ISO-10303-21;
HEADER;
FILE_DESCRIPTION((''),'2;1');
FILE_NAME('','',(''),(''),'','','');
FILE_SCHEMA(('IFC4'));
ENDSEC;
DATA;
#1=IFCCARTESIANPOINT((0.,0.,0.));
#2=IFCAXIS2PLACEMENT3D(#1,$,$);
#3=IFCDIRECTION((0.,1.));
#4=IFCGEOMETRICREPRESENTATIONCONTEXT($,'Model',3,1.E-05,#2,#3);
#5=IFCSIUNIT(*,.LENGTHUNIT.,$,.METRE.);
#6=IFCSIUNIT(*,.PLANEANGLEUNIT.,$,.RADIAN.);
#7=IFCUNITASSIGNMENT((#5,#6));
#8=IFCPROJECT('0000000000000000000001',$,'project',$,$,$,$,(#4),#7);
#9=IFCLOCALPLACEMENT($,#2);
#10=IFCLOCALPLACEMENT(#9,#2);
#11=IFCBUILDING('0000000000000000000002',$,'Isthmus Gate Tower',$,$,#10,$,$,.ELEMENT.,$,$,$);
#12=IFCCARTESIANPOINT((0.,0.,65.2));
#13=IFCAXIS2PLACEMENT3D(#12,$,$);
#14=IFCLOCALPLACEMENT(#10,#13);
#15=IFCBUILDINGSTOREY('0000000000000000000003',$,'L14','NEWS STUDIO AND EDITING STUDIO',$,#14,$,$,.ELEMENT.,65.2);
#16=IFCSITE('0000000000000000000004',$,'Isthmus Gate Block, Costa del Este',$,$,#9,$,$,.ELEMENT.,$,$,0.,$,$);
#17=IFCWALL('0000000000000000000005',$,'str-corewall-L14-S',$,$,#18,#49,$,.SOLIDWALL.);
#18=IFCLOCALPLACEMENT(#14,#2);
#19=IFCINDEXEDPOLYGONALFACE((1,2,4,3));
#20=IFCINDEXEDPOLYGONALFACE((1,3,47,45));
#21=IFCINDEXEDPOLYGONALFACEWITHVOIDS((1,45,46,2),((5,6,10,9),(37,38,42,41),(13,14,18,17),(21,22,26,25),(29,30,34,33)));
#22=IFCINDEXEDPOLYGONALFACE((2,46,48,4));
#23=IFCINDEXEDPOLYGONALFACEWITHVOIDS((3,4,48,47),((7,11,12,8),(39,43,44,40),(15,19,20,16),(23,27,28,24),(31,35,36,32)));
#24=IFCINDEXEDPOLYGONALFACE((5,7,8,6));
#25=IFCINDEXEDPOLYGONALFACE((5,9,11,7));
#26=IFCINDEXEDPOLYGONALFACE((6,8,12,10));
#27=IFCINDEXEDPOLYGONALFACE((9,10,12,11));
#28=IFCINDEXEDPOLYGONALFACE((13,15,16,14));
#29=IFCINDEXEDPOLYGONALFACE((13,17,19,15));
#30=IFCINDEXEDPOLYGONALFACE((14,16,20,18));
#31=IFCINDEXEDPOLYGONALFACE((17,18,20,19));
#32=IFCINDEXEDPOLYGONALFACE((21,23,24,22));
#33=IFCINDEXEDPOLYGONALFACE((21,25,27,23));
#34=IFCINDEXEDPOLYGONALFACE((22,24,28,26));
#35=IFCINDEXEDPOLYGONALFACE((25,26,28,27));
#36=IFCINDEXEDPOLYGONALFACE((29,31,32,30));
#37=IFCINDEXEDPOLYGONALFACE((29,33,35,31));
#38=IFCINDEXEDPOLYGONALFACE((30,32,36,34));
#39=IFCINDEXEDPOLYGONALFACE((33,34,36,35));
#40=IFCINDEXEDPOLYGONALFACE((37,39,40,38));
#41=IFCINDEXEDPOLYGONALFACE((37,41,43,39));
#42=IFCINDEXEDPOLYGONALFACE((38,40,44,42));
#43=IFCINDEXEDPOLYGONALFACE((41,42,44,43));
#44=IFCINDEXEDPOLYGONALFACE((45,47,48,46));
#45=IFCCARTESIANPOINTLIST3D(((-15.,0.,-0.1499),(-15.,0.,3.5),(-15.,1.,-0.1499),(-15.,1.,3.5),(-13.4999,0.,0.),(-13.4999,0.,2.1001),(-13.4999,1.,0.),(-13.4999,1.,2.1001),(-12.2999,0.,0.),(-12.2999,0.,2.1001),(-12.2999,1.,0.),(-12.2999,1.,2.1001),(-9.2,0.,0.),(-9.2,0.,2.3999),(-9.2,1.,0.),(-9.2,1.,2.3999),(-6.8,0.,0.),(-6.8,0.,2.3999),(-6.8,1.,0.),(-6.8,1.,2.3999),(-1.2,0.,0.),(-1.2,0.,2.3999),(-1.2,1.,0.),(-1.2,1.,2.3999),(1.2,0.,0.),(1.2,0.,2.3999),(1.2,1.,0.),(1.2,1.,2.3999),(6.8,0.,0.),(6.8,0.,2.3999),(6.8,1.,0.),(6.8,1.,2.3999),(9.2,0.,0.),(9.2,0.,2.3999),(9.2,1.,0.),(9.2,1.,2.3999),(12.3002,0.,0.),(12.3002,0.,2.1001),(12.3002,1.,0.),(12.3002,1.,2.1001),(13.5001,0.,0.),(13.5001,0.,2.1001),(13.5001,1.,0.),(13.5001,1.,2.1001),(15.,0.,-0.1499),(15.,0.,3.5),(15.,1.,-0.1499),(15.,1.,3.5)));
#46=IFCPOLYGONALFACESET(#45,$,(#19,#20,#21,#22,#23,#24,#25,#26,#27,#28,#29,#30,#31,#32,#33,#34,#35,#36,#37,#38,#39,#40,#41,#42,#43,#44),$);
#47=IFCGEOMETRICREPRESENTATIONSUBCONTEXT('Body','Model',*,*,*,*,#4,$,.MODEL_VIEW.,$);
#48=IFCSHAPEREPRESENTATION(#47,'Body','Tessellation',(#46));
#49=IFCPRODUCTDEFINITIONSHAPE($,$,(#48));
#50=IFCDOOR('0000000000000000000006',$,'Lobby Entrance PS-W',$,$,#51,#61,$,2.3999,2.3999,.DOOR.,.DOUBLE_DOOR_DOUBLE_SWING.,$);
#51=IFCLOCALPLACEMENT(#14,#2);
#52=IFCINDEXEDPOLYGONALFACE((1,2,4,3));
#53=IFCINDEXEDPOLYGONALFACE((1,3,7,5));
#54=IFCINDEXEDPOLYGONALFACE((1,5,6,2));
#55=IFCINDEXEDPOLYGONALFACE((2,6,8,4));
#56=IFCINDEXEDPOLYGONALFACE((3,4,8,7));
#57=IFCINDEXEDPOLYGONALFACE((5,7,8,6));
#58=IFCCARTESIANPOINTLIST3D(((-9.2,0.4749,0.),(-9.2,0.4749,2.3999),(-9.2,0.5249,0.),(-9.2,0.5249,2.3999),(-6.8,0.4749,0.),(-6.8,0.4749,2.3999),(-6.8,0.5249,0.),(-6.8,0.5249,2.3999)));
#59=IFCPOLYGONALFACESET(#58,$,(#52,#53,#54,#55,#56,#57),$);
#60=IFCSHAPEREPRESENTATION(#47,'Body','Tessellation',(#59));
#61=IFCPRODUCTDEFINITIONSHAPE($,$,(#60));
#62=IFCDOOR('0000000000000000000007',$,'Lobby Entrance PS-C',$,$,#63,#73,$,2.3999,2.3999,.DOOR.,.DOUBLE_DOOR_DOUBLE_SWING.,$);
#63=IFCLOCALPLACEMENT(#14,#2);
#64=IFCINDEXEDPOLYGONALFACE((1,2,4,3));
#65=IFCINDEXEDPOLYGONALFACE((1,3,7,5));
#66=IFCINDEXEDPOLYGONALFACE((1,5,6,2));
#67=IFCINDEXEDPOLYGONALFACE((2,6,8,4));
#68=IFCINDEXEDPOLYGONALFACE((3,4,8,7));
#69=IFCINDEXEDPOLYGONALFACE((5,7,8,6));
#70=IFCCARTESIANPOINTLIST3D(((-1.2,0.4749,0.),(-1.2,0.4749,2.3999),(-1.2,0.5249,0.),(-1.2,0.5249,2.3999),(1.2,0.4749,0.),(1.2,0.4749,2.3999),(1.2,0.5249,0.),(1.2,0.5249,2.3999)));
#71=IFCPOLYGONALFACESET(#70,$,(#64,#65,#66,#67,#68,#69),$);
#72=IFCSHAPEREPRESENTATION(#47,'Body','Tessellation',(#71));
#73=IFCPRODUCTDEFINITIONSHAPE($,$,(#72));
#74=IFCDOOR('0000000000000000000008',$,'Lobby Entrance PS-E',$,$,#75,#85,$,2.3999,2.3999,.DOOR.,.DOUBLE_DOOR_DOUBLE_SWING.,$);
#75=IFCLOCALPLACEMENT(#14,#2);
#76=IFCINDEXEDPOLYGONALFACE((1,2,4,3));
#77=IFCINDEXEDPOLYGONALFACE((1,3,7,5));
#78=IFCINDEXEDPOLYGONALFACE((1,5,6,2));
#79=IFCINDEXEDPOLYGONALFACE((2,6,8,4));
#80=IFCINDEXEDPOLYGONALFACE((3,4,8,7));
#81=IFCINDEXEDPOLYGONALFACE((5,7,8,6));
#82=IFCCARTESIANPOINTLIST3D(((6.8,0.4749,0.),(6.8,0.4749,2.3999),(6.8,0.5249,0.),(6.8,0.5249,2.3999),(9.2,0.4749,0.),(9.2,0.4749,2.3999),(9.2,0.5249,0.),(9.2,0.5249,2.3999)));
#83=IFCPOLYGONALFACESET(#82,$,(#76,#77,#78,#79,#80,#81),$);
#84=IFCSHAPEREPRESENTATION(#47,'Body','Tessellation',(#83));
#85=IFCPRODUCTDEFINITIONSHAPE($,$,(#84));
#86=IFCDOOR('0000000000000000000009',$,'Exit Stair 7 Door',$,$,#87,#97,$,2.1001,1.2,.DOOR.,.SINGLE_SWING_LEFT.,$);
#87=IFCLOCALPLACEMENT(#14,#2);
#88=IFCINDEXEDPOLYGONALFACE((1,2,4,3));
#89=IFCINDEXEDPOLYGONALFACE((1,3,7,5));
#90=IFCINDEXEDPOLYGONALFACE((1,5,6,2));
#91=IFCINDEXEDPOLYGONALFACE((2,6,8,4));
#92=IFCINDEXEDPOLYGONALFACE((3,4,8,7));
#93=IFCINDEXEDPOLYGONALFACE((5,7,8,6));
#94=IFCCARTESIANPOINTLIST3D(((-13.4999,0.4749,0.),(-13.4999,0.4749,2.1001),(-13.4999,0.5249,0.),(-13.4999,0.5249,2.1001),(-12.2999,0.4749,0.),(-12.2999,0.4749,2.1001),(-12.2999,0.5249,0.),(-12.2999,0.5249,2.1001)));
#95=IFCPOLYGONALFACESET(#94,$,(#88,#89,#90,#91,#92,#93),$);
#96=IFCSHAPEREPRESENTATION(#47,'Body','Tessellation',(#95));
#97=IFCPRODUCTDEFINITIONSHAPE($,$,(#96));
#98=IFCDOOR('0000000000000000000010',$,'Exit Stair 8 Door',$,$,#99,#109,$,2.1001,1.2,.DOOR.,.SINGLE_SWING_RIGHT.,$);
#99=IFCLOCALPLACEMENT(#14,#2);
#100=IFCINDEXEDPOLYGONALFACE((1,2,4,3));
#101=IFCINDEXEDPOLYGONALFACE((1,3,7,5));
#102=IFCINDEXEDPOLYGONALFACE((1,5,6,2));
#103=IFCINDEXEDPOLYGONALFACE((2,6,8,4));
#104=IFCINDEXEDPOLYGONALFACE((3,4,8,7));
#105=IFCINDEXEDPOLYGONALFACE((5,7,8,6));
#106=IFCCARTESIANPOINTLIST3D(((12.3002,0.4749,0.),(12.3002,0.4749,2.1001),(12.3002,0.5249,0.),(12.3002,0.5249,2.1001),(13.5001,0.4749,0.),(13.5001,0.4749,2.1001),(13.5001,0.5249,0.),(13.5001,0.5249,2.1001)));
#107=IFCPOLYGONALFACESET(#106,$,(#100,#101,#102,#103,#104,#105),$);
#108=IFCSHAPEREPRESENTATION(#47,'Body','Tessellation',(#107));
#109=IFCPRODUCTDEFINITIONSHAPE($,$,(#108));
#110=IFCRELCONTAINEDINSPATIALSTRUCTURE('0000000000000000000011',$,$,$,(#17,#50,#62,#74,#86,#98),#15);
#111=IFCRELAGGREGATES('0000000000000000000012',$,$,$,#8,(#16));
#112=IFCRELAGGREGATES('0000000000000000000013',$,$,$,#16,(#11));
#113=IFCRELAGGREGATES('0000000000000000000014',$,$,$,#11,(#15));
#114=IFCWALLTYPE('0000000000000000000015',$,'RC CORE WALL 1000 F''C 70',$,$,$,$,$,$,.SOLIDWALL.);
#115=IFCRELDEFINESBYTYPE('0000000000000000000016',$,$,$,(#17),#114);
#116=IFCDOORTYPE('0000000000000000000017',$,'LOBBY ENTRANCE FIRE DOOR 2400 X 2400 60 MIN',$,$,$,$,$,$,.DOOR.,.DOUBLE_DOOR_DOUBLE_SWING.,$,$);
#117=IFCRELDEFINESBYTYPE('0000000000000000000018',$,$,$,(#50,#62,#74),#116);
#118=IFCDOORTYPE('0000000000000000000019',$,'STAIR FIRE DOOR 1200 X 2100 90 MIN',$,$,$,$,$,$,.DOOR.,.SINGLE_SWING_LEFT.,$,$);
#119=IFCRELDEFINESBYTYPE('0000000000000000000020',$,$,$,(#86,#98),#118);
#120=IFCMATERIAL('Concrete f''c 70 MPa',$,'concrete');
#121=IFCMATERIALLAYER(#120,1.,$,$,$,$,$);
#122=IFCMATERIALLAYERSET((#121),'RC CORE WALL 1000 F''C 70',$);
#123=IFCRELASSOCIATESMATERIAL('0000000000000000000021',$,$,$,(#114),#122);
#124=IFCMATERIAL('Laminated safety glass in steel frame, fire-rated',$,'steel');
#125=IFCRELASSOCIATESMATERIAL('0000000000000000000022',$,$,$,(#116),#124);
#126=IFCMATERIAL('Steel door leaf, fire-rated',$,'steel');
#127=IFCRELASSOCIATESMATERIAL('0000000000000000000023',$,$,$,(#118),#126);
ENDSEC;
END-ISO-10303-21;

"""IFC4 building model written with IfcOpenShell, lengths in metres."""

from ifc_helpers import new_model, si_unit, direction, frame, frame_2d, origin, place, context, subcontext, project, spatial, rectangle, extrude, material, layer, layer_set, type_object, element, fill, save


model = new_model("IFC4")

# Units and contexts
model_context = context("Model", 3, precision=1e-05, world=origin(), true_north=direction((0.0, 1.0)))
body_context = subcontext(model_context, "Body", "Model", "MODEL_VIEW")
ifc_project = project(units=[si_unit("LENGTHUNIT", "METRE"), si_unit("PLANEANGLEUNIT", "RADIAN")], contexts=[model_context])

# Site, building, storey
site_placement = place(None, origin())
site = spatial("IfcSite", under=ifc_project, at=site_placement, Name="Isthmus Gate Block, Costa del Este", CompositionType="ELEMENT", RefElevation=0.0)
building_placement = place(site_placement, origin())
building = spatial("IfcBuilding", under=site, at=building_placement, Name="Isthmus Gate Tower", CompositionType="ELEMENT")
storey_placement = place(building_placement, frame((0.0, 0.0, 65.2)))
storey = spatial("IfcBuildingStorey", under=building, at=storey_placement, Name="L14", Description="NEWS STUDIO AND EDITING STUDIO", CompositionType="ELEMENT", Elevation=65.2)

# Wall, openings, doors
ifc_material_1 = material(Name="Concrete f'c 70 MPa", Category="concrete")
ifc_layer_1 = layer(ifc_material_1, 1.0)
ifc_layer_set_1 = layer_set([ifc_layer_1], Name="RC CORE WALL 1000 F'C 70")
wall_type_1 = type_object("IfcWallType", Name="RC CORE WALL 1000 F'C 70", PredefinedType="SOLIDWALL", material=ifc_layer_set_1)
wall_1_placement = place(storey_placement, frame((-15.0, 0.5, -0.1499), z_axis=(0.0, 0.0, 1.0), x_axis=(1.0, 0.0, 0.0)))
wall_1 = element("IfcWall", 1, at=wall_1_placement, inside=storey, type_object=wall_type_1, Name="str-corewall-L14-S", PredefinedType="SOLIDWALL", context=body_context, shape_type="SweptSolid", body=[
    extrude(rectangle(XDim=30.0, YDim=1.0, at=frame_2d((15.0, 0.0))), origin(), (0.0, 0.0, 1.0), 3.6499),
])
opening_1_placement = place(wall_1_placement, frame((5.8, 0.0, 0.1499)))
opening_1 = element("IfcOpeningElement", 2, at=opening_1_placement, cuts=wall_1, PredefinedType="OPENING", context=body_context, shape_type="SweptSolid", body=[
    extrude(rectangle(XDim=2.3999, YDim=2.3999, at=frame_2d((1.2, 1.2))), frame((0.0, 0.51, 0.0), z_axis=(0.0, -1.0, 0.0), x_axis=(1.0, 0.0, 0.0)), (0.0, 0.0, 1.0), 1.02),
])
opening_2_placement = place(wall_1_placement, frame((13.8, 0.0, 0.1499)))
opening_2 = element("IfcOpeningElement", 3, at=opening_2_placement, cuts=wall_1, PredefinedType="OPENING", context=body_context, shape_type="SweptSolid", body=[
    extrude(rectangle(XDim=2.3999, YDim=2.3999, at=frame_2d((1.2, 1.2))), frame((0.0, 0.51, 0.0), z_axis=(0.0, -1.0, 0.0), x_axis=(1.0, 0.0, 0.0)), (0.0, 0.0, 1.0), 1.02),
])
opening_3_placement = place(wall_1_placement, frame((21.8, 0.0, 0.1499)))
opening_3 = element("IfcOpeningElement", 4, at=opening_3_placement, cuts=wall_1, PredefinedType="OPENING", context=body_context, shape_type="SweptSolid", body=[
    extrude(rectangle(XDim=2.3999, YDim=2.3999, at=frame_2d((1.2, 1.2))), frame((0.0, 0.51, 0.0), z_axis=(0.0, -1.0, 0.0), x_axis=(1.0, 0.0, 0.0)), (0.0, 0.0, 1.0), 1.02),
])
opening_4_placement = place(wall_1_placement, frame((1.5, 0.0, 0.1499)))
opening_4 = element("IfcOpeningElement", 5, at=opening_4_placement, cuts=wall_1, PredefinedType="OPENING", context=body_context, shape_type="SweptSolid", body=[
    extrude(rectangle(XDim=1.2, YDim=2.1001, at=frame_2d((0.6001, 1.05))), frame((0.0, 0.51, 0.0), z_axis=(0.0, -1.0, 0.0), x_axis=(1.0, 0.0, 0.0)), (0.0, 0.0, 1.0), 1.02),
])
opening_5_placement = place(wall_1_placement, frame((27.3, 0.0, 0.1499)))
opening_5 = element("IfcOpeningElement", 6, at=opening_5_placement, cuts=wall_1, PredefinedType="OPENING", context=body_context, shape_type="SweptSolid", body=[
    extrude(rectangle(XDim=1.2, YDim=2.1001, at=frame_2d((0.6001, 1.05))), frame((0.0, 0.51, 0.0), z_axis=(0.0, -1.0, 0.0), x_axis=(1.0, 0.0, 0.0)), (0.0, 0.0, 1.0), 1.02),
])
ifc_material_2 = material(Name="Laminated safety glass in steel frame, fire-rated", Category="steel")
door_type_1 = type_object("IfcDoorType", Name="LOBBY ENTRANCE FIRE DOOR 2400 X 2400 60 MIN", OperationType="DOUBLE_DOOR_DOUBLE_SWING", PredefinedType="DOOR", material=ifc_material_2)
door_1_placement = place(opening_1_placement, origin())
door_1 = element("IfcDoor", 7, at=door_1_placement, inside=storey, type_object=door_type_1, Name="Lobby Entrance PS-W", OperationType="DOUBLE_DOOR_DOUBLE_SWING", OverallHeight=2.3999, OverallWidth=2.3999, PredefinedType="DOOR", context=body_context, shape_type="SweptSolid", body=[
    extrude(rectangle(XDim=2.3999, YDim=2.3999, at=frame_2d((1.2, 1.2))), frame((0.0, 0.0249, 0.0), z_axis=(0.0, -1.0, 0.0), x_axis=(1.0, 0.0, 0.0)), (0.0, 0.0, 1.0), 0.05),
])
fill(opening_1, door_1)
door_2_placement = place(opening_2_placement, origin())
door_2 = element("IfcDoor", 8, at=door_2_placement, inside=storey, type_object=door_type_1, Name="Lobby Entrance PS-C", OperationType="DOUBLE_DOOR_DOUBLE_SWING", OverallHeight=2.3999, OverallWidth=2.3999, PredefinedType="DOOR", context=body_context, shape_type="SweptSolid", body=[
    extrude(rectangle(XDim=2.3999, YDim=2.3999, at=frame_2d((1.2, 1.2))), frame((0.0, 0.0249, 0.0), z_axis=(0.0, -1.0, 0.0), x_axis=(1.0, 0.0, 0.0)), (0.0, 0.0, 1.0), 0.05),
])
fill(opening_2, door_2)
door_3_placement = place(opening_3_placement, origin())
door_3 = element("IfcDoor", 9, at=door_3_placement, inside=storey, type_object=door_type_1, Name="Lobby Entrance PS-E", OperationType="DOUBLE_DOOR_DOUBLE_SWING", OverallHeight=2.3999, OverallWidth=2.3999, PredefinedType="DOOR", context=body_context, shape_type="SweptSolid", body=[
    extrude(rectangle(XDim=2.3999, YDim=2.3999, at=frame_2d((1.2, 1.2))), frame((0.0, 0.0249, 0.0), z_axis=(0.0, -1.0, 0.0), x_axis=(1.0, 0.0, 0.0)), (0.0, 0.0, 1.0), 0.05),
])
fill(opening_3, door_3)
ifc_material_3 = material(Name="Steel door leaf, fire-rated", Category="steel")
door_type_2 = type_object("IfcDoorType", Name="STAIR FIRE DOOR 1200 X 2100 90 MIN", OperationType="SINGLE_SWING_LEFT", PredefinedType="DOOR", material=ifc_material_3)
door_4_placement = place(opening_4_placement, origin())
door_4 = element("IfcDoor", 10, at=door_4_placement, inside=storey, type_object=door_type_2, Name="Exit Stair 7 Door", OperationType="SINGLE_SWING_LEFT", OverallHeight=2.1001, OverallWidth=1.2, PredefinedType="DOOR", context=body_context, shape_type="SweptSolid", body=[
    extrude(rectangle(XDim=1.2, YDim=2.1001, at=frame_2d((0.6001, 1.05))), frame((0.0, 0.0249, 0.0), z_axis=(0.0, -1.0, 0.0), x_axis=(1.0, 0.0, 0.0)), (0.0, 0.0, 1.0), 0.05),
])
fill(opening_4, door_4)
door_5_placement = place(opening_5_placement, origin())
door_5 = element("IfcDoor", 11, at=door_5_placement, inside=storey, type_object=door_type_2, Name="Exit Stair 8 Door", OperationType="SINGLE_SWING_RIGHT", OverallHeight=2.1001, OverallWidth=1.2, PredefinedType="DOOR", context=body_context, shape_type="SweptSolid", body=[
    extrude(rectangle(XDim=1.2, YDim=2.1001, at=frame_2d((0.6001, 1.05))), frame((0.0, 0.0249, 0.0), z_axis=(0.0, -1.0, 0.0), x_axis=(1.0, 0.0, 0.0)), (0.0, 0.0, 1.0), 0.05),
])
fill(opening_5, door_5)

save(model, "model.ifc")
